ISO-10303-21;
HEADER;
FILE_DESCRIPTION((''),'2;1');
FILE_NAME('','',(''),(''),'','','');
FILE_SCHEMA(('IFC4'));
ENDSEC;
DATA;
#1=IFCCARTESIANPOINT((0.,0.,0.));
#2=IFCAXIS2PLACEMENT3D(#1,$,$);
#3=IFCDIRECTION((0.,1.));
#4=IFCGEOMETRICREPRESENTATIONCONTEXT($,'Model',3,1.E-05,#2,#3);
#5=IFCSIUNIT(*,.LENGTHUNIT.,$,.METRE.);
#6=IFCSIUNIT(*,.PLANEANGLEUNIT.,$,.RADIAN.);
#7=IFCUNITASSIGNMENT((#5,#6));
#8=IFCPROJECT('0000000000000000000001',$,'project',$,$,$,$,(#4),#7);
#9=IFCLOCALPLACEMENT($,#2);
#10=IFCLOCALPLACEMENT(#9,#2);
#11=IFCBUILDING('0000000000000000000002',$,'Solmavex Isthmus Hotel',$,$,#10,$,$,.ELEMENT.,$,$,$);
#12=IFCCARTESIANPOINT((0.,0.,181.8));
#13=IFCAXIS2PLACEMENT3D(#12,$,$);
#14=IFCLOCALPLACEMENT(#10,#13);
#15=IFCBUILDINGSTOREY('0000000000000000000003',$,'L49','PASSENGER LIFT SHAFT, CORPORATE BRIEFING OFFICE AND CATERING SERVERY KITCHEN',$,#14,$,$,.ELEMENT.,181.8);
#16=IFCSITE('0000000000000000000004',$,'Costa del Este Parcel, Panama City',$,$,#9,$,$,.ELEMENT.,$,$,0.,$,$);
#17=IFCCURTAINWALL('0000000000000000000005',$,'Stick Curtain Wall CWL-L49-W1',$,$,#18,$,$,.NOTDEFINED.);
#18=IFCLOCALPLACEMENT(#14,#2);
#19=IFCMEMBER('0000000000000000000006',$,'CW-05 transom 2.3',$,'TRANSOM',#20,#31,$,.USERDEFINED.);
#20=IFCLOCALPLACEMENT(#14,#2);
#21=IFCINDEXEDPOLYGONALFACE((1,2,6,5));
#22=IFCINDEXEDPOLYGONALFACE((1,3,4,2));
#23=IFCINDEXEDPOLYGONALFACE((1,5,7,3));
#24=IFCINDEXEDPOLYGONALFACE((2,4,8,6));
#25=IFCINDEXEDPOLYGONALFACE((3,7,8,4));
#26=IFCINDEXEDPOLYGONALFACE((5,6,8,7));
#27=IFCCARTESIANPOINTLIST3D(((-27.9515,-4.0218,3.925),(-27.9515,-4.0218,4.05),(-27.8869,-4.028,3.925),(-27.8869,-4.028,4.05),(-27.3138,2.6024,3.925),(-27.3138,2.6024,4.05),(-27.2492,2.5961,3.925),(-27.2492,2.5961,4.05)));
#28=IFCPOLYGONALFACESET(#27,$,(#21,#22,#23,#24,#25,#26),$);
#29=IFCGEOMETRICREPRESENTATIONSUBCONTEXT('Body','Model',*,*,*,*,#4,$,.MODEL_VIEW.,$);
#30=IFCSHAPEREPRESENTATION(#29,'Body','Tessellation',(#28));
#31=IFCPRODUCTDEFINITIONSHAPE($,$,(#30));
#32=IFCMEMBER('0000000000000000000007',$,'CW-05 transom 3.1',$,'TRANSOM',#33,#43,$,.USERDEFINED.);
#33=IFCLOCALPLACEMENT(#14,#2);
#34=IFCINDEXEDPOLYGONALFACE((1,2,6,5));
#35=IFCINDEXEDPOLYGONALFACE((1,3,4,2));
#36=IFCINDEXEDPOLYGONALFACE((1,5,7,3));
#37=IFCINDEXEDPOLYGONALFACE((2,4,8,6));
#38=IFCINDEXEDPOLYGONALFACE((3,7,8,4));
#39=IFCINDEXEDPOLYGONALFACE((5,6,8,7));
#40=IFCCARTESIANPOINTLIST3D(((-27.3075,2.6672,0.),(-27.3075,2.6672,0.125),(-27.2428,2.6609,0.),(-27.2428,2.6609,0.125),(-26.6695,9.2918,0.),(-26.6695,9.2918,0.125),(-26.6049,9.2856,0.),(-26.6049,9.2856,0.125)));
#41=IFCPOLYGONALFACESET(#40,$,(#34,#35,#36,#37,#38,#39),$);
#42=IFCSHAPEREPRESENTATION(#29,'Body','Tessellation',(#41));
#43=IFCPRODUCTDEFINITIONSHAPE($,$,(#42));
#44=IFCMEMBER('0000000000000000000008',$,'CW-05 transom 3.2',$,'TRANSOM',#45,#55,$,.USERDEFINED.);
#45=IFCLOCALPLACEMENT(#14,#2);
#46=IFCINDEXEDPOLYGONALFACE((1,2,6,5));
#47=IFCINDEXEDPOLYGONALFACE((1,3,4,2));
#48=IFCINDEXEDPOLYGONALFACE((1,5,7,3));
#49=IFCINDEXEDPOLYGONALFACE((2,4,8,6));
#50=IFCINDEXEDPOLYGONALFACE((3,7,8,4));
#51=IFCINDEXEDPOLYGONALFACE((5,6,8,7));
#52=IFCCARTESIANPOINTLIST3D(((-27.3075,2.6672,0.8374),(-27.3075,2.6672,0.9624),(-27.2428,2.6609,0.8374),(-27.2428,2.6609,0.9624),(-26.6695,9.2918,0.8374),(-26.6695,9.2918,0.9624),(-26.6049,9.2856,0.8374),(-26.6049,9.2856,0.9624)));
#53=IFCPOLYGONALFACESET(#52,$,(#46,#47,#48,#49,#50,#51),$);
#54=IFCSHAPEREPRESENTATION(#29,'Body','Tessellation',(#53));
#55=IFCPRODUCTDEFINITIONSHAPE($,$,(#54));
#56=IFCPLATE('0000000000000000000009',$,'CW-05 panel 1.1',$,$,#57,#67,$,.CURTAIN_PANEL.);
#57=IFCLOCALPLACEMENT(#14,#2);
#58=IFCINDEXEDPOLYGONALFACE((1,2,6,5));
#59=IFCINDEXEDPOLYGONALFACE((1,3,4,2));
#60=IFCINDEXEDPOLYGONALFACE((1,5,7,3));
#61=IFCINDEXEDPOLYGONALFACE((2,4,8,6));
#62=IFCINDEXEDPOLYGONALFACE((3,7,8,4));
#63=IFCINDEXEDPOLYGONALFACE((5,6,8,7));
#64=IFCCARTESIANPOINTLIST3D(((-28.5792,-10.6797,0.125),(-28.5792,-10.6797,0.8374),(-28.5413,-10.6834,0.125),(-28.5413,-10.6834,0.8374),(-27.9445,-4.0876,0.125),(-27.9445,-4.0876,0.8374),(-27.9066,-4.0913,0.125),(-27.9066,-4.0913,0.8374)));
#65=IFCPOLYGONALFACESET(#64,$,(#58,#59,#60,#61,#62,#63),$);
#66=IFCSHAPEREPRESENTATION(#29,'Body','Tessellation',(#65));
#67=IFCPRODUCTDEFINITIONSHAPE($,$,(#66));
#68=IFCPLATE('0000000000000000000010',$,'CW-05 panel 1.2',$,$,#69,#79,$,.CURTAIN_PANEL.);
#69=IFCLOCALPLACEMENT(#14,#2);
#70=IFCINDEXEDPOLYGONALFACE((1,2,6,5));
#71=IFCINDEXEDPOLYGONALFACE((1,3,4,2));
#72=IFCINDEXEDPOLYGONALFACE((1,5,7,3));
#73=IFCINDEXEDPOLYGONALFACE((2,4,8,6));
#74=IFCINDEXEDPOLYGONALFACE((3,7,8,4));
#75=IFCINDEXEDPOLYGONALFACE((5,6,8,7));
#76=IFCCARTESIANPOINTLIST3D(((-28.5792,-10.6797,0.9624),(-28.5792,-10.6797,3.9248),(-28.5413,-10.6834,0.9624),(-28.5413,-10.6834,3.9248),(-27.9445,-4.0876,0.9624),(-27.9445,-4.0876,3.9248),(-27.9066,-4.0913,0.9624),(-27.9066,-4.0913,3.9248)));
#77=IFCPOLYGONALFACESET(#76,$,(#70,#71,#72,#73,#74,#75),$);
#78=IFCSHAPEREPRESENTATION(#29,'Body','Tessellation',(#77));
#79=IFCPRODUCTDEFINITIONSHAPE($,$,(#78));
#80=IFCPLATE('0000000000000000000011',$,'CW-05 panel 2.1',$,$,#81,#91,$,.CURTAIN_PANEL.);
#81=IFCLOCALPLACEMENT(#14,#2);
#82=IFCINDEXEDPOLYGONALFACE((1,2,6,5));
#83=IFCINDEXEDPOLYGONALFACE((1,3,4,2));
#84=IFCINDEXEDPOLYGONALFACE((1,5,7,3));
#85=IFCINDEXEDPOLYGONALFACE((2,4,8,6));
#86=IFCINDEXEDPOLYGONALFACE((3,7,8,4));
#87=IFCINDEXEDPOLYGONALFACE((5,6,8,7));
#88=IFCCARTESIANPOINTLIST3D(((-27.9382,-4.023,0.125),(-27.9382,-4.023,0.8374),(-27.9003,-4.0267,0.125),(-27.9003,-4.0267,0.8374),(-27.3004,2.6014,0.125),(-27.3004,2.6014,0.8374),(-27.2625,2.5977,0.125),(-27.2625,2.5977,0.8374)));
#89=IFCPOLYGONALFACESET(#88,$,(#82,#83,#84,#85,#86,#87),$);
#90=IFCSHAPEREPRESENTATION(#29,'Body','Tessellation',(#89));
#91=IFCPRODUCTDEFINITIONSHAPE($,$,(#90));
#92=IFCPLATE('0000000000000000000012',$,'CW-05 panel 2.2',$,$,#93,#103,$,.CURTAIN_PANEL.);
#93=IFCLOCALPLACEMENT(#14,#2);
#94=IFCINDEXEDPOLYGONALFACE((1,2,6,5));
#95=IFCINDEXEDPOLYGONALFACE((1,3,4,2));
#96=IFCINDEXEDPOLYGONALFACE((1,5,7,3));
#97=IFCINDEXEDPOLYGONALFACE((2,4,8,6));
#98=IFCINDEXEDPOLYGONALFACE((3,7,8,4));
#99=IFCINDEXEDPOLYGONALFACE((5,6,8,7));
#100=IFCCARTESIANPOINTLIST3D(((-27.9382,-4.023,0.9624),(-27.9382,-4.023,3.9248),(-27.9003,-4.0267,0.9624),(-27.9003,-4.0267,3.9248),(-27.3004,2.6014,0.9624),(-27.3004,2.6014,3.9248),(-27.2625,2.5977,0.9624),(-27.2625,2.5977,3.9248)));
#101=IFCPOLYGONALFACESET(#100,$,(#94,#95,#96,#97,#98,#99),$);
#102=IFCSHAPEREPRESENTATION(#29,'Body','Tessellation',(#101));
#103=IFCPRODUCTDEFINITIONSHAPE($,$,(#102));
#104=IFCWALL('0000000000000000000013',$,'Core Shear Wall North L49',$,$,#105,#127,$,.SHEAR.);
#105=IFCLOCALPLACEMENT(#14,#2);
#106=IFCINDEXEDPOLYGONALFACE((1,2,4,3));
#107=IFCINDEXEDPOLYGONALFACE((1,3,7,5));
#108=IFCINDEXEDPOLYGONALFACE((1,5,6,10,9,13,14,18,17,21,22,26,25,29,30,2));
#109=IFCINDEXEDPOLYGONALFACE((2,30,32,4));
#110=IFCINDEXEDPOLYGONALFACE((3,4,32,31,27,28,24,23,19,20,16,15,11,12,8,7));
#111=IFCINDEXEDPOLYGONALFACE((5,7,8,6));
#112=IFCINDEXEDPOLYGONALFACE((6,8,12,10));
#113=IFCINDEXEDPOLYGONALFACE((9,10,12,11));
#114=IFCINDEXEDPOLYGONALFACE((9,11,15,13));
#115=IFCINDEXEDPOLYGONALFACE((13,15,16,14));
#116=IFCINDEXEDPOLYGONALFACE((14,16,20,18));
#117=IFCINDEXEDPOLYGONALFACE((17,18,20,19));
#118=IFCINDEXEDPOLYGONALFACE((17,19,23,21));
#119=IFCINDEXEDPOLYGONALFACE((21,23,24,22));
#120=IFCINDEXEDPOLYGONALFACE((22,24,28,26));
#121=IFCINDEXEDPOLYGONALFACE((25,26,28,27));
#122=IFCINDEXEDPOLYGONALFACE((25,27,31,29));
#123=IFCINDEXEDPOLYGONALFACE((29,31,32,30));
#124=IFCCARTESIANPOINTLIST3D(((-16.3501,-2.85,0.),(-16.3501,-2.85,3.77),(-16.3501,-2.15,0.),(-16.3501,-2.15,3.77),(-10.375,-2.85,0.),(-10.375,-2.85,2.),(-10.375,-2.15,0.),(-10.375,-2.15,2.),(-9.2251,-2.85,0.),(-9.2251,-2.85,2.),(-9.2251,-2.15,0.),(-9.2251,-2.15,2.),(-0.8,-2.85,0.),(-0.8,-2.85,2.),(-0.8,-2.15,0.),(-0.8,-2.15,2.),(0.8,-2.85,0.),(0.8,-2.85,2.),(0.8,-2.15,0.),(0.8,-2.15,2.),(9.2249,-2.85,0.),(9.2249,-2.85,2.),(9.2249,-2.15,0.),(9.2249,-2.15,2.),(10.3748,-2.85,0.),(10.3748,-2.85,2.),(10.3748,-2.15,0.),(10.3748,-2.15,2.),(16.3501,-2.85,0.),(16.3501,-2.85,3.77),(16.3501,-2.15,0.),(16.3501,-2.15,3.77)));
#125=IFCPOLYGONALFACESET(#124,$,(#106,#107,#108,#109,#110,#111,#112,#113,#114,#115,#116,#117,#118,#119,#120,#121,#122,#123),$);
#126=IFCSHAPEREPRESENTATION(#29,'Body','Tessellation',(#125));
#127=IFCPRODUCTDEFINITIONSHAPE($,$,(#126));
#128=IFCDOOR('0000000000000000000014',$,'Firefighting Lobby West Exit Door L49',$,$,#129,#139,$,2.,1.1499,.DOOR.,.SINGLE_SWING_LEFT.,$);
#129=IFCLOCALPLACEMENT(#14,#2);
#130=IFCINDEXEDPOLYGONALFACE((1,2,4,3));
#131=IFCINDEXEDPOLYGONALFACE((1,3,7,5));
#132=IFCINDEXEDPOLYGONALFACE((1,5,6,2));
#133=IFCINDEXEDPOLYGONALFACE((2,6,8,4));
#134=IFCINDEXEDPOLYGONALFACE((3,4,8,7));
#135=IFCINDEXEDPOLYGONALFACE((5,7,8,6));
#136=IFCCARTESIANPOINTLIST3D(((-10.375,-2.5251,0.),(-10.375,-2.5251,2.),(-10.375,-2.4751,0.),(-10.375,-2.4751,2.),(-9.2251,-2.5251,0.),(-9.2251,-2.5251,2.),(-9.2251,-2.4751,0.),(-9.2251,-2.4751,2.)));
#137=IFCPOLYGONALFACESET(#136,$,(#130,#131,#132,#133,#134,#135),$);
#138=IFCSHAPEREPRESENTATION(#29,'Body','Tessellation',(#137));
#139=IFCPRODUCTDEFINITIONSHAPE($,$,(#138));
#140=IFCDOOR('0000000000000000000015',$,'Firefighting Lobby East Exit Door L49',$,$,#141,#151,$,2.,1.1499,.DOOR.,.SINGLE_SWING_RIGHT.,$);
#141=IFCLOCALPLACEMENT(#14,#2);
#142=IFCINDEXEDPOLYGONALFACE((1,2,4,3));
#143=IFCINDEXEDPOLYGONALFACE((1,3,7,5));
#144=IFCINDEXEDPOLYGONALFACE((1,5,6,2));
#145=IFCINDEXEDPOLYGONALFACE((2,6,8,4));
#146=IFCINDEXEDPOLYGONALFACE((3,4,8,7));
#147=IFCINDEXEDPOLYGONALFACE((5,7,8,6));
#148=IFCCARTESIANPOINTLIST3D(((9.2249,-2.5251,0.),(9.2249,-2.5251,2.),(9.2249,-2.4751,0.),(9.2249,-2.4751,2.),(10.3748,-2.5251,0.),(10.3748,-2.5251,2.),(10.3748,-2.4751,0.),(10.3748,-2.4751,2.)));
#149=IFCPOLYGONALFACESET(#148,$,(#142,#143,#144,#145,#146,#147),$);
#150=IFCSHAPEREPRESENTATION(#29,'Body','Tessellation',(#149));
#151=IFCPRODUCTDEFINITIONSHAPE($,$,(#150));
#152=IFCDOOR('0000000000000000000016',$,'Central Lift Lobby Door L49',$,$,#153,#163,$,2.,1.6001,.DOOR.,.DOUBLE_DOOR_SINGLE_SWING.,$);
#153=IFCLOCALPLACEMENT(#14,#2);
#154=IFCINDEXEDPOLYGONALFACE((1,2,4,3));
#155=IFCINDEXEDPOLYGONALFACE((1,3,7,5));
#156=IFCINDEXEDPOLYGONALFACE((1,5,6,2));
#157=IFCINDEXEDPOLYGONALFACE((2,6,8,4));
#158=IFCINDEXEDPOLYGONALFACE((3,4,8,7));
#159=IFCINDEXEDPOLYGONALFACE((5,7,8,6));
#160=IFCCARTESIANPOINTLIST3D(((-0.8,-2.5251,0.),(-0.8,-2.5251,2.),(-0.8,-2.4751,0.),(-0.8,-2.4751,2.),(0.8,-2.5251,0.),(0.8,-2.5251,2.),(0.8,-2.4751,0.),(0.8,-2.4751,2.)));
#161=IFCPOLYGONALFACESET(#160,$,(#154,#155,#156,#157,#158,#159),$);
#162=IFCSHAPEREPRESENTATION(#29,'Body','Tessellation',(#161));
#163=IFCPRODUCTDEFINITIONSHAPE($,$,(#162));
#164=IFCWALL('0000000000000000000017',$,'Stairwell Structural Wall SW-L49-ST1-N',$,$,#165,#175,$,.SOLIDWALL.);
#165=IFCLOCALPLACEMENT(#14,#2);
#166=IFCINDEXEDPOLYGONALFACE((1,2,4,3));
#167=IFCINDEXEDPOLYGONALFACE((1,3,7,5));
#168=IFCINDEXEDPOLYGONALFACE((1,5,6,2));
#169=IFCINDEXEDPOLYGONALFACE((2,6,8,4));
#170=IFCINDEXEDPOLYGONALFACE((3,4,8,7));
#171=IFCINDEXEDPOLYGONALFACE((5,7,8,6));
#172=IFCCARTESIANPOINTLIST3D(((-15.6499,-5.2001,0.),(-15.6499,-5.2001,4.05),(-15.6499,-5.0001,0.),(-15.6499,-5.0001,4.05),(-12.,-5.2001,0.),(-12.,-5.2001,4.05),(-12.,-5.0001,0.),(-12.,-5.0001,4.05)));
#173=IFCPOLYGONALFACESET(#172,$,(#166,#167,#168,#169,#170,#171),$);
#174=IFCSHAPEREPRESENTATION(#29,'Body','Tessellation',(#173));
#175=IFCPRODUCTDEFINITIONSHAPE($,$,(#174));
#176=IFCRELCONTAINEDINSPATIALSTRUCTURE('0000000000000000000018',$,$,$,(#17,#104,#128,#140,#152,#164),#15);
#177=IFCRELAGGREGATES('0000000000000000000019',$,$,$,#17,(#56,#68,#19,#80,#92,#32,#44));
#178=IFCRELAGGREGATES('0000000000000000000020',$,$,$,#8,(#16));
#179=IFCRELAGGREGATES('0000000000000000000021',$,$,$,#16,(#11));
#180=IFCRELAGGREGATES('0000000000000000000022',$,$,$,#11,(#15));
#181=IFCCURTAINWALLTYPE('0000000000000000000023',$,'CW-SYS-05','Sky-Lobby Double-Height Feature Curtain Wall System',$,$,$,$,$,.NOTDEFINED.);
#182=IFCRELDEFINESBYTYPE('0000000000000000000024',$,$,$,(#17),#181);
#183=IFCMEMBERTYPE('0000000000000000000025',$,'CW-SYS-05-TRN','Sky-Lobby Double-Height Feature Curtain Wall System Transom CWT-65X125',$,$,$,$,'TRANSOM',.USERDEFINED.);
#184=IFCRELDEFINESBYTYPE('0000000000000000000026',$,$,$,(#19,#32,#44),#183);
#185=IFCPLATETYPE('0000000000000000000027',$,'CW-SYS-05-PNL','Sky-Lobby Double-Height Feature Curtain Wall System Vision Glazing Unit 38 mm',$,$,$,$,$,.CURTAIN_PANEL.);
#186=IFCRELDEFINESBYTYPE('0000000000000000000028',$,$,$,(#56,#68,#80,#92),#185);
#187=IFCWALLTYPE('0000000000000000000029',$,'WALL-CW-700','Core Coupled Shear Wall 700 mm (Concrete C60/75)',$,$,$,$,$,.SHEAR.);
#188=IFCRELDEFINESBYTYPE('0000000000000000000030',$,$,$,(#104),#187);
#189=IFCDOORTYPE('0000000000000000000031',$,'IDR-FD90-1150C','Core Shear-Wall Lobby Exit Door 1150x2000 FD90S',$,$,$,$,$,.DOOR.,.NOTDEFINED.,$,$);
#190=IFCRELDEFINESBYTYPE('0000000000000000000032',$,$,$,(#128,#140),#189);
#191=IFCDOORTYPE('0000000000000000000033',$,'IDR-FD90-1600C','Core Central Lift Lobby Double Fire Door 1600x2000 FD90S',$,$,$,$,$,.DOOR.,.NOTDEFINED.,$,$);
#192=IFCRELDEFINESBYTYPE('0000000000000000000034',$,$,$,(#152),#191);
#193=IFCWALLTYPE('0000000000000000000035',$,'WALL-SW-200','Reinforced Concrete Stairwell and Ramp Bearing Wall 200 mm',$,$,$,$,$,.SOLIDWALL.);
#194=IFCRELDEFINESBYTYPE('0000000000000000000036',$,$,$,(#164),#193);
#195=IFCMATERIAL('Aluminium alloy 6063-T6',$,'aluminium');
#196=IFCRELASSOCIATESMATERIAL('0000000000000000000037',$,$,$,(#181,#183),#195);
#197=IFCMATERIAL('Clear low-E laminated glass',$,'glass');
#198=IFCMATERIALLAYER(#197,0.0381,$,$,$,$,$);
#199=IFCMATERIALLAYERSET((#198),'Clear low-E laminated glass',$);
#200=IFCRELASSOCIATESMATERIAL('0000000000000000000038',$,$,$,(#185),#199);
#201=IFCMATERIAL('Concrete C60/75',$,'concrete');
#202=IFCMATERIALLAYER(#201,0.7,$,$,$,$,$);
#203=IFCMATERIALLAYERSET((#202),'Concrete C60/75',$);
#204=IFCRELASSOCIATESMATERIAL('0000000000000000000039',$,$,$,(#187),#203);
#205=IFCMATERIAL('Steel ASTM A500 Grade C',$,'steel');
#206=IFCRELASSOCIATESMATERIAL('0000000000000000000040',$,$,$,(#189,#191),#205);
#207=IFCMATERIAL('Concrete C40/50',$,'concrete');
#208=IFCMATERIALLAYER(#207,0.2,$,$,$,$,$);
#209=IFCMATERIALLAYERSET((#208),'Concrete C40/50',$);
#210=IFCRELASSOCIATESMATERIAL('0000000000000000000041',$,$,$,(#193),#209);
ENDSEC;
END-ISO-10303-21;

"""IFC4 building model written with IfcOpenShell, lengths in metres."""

from ifc_helpers import new_model, si_unit, direction, frame, frame_2d, origin, origin_2d, place, context, subcontext, project, spatial, rectangle, extrude, material, layer, layer_set, material_profile, profile_set, type_object, element, fill, aggregate, save


model = new_model("IFC4")

# Units and contexts
model_context = context("Model", 3, precision=1e-05, world=origin(), true_north=direction((0.0, 1.0)))
body_context = subcontext(model_context, "Body", "Model", "MODEL_VIEW")
ifc_project = project(units=[si_unit("LENGTHUNIT", "METRE"), si_unit("PLANEANGLEUNIT", "RADIAN")], contexts=[model_context])

# Site, building, storey
site_placement = place(None, origin())
site = spatial("IfcSite", under=ifc_project, at=site_placement, Name="Costa del Este Parcel, Panama City", CompositionType="ELEMENT", RefElevation=0.0)
building_placement = place(site_placement, origin())
building = spatial("IfcBuilding", under=site, at=building_placement, Name="Solmavex Isthmus Hotel", CompositionType="ELEMENT")
storey_placement = place(building_placement, frame((0.0, 0.0, 181.8)))
storey = spatial("IfcBuildingStorey", under=building, at=storey_placement, Name="L49", Description="PASSENGER LIFT SHAFT, CORPORATE BRIEFING OFFICE AND CATERING SERVERY KITCHEN", CompositionType="ELEMENT", Elevation=181.8)

# Shared definitions
ifc_material_1 = material(Name="Concrete C60/75", Category="concrete")

# Curtain wall, members, plates
ifc_material_2 = material(Name="Aluminium alloy 6063-T6", Category="aluminium")
curtain_wall_type = type_object("IfcCurtainWallType", Name="CW-SYS-05", Description="Sky-Lobby Double-Height Feature Curtain Wall System", PredefinedType="NOTDEFINED", material=ifc_material_2)
curtain_wall_placement = place(storey_placement, origin())
curtain_wall = element("IfcCurtainWall", 1, at=curtain_wall_placement, inside=storey, type_object=curtain_wall_type, Name="Stick Curtain Wall CWL-L49-W1", PredefinedType="NOTDEFINED")
ifc_material_profile_1 = material_profile(ifc_material_2, rectangle(XDim=0.0649, YDim=0.125, at=origin_2d()), Name="CWT-65X125")
ifc_profile_set_1 = profile_set([ifc_material_profile_1], Name="Aluminium alloy 6063-T6")
member_type_1 = type_object("IfcMemberType", Name="CW-SYS-05-TRN", Description="Sky-Lobby Double-Height Feature Curtain Wall System Transom CWT-65X125", ElementType="TRANSOM", PredefinedType="USERDEFINED", material=ifc_profile_set_1)
member_1_placement = place(storey_placement, frame((-27.9192, -4.0249, 3.9875), z_axis=(0.095824, 0.995398, 0.0), x_axis=(-0.995398, 0.095824, 0.0)))
member_1 = element("IfcMember", 2, at=member_1_placement, type_object=member_type_1, Name="CW-05 transom 2.3", ObjectType="TRANSOM", PredefinedType="USERDEFINED", context=body_context, shape_type="SweptSolid", body=[
    extrude(rectangle(XDim=0.0649, YDim=0.125, at=origin_2d()), origin(), (0.0, 0.0, 1.0), 6.6548),
])
member_2_placement = place(storey_placement, frame((-27.2751, 2.6641, 0.0625), z_axis=(0.095856, 0.995395, 0.0), x_axis=(-0.995395, 0.095856, 0.0)))
member_2 = element("IfcMember", 3, at=member_2_placement, type_object=member_type_1, Name="CW-05 transom 3.1", ObjectType="TRANSOM", PredefinedType="USERDEFINED", context=body_context, shape_type="SweptSolid", body=[
    extrude(rectangle(XDim=0.0649, YDim=0.125, at=origin_2d()), origin(), (0.0, 0.0, 1.0), 6.6553),
])
member_3_placement = place(storey_placement, frame((-27.2751, 2.6641, 0.8999), z_axis=(0.095856, 0.995395, 0.0), x_axis=(-0.995395, 0.095856, 0.0)))
member_3 = element("IfcMember", 4, at=member_3_placement, type_object=member_type_1, Name="CW-05 transom 3.2", ObjectType="TRANSOM", PredefinedType="USERDEFINED", context=body_context, shape_type="SweptSolid", body=[
    extrude(rectangle(XDim=0.0649, YDim=0.125, at=origin_2d()), origin(), (0.0, 0.0, 1.0), 6.6553),
])
ifc_material_3 = material(Name="Clear low-E laminated glass", Category="glass")
ifc_layer_1 = layer(ifc_material_3, 0.0381)
ifc_layer_set_1 = layer_set([ifc_layer_1], Name="Clear low-E laminated glass")
plate_type = type_object("IfcPlateType", Name="CW-SYS-05-PNL", Description="Sky-Lobby Double-Height Feature Curtain Wall System Vision Glazing Unit 38 mm", PredefinedType="CURTAIN_PANEL", material=ifc_layer_set_1)
plate_1_placement = place(storey_placement, frame((-28.2429, -7.3855, 0.125), z_axis=(0.0, 0.0, 1.0), x_axis=(0.095846, 0.995396, 0.0)))
plate_1 = element("IfcPlate", 5, at=plate_1_placement, type_object=plate_type, Name="CW-05 panel 1.1", PredefinedType="CURTAIN_PANEL", context=body_context, shape_type="SweptSolid", body=[
    extrude(rectangle(XDim=6.6226, YDim=0.0381, at=origin_2d()), origin(), (0.0, 0.0, 1.0), 0.7124),
])
plate_2_placement = place(storey_placement, frame((-28.2429, -7.3855, 0.9624), z_axis=(0.0, 0.0, 1.0), x_axis=(0.095846, 0.995396, 0.0)))
plate_2 = element("IfcPlate", 6, at=plate_2_placement, type_object=plate_type, Name="CW-05 panel 1.2", PredefinedType="CURTAIN_PANEL", context=body_context, shape_type="SweptSolid", body=[
    extrude(rectangle(XDim=6.6226, YDim=0.0381, at=origin_2d()), origin(), (0.0, 0.0, 1.0), 2.9624),
])
plate_3_placement = place(storey_placement, frame((-27.6003, -0.7126, 0.125), z_axis=(0.0, 0.0, 1.0), x_axis=(0.095846, 0.995396, 0.0)))
plate_3 = element("IfcPlate", 7, at=plate_3_placement, type_object=plate_type, Name="CW-05 panel 2.1", PredefinedType="CURTAIN_PANEL", context=body_context, shape_type="SweptSolid", body=[
    extrude(rectangle(XDim=6.655, YDim=0.0381, at=origin_2d()), origin(), (0.0, 0.0, 1.0), 0.7124),
])
plate_4_placement = place(storey_placement, frame((-27.6003, -0.7126, 0.9624), z_axis=(0.0, 0.0, 1.0), x_axis=(0.095846, 0.995396, 0.0)))
plate_4 = element("IfcPlate", 8, at=plate_4_placement, type_object=plate_type, Name="CW-05 panel 2.2", PredefinedType="CURTAIN_PANEL", context=body_context, shape_type="SweptSolid", body=[
    extrude(rectangle(XDim=6.655, YDim=0.0381, at=origin_2d()), origin(), (0.0, 0.0, 1.0), 2.9624),
])
aggregate(curtain_wall, [plate_1, plate_2, member_1, plate_3, plate_4, member_2, member_3])

# Wall, openings, doors
ifc_layer_2 = layer(ifc_material_1, 0.7)
ifc_layer_set_2 = layer_set([ifc_layer_2], Name="Concrete C60/75")
wall_type_1 = type_object("IfcWallType", Name="WALL-CW-700", Description="Core Coupled Shear Wall 700 mm (Concrete C60/75)", PredefinedType="SHEAR", material=ifc_layer_set_2)
wall_1_placement = place(storey_placement, frame((-16.3501, -2.5, 0.0), z_axis=(0.0, 0.0, 1.0), x_axis=(1.0, 0.0, 0.0)))
wall_1 = element("IfcWall", 9, at=wall_1_placement, inside=storey, type_object=wall_type_1, Name="Core Shear Wall North L49", PredefinedType="SHEAR", context=body_context, shape_type="SweptSolid", body=[
    extrude(rectangle(XDim=32.7002, YDim=0.7, at=frame_2d((16.3501, 0.0))), origin(), (0.0, 0.0, 1.0), 3.77),
])
opening_1_placement = place(wall_1_placement, frame((5.9751, 0.0, 0.0)))
opening_1 = element("IfcOpeningElement", 10, at=opening_1_placement, cuts=wall_1, PredefinedType="OPENING", context=body_context, shape_type="SweptSolid", body=[
    extrude(rectangle(XDim=1.1499, YDim=2.0, at=frame_2d((0.575, 1.0))), frame((0.0, 0.3599, 0.0), z_axis=(0.0, -1.0, 0.0), x_axis=(1.0, 0.0, 0.0)), (0.0, 0.0, 1.0), 0.72),
])
opening_2_placement = place(wall_1_placement, frame((15.55, 0.0, 0.0)))
opening_2 = element("IfcOpeningElement", 11, at=opening_2_placement, cuts=wall_1, PredefinedType="OPENING", context=body_context, shape_type="SweptSolid", body=[
    extrude(rectangle(XDim=1.6001, YDim=2.0, at=frame_2d((0.8, 1.0))), frame((0.0, 0.3599, 0.0), z_axis=(0.0, -1.0, 0.0), x_axis=(1.0, 0.0, 0.0)), (0.0, 0.0, 1.0), 0.72),
])
opening_3_placement = place(wall_1_placement, frame((25.575, 0.0, 0.0)))
opening_3 = element("IfcOpeningElement", 12, at=opening_3_placement, cuts=wall_1, PredefinedType="OPENING", context=body_context, shape_type="SweptSolid", body=[
    extrude(rectangle(XDim=1.1499, YDim=2.0, at=frame_2d((0.575, 1.0))), frame((0.0, 0.3599, 0.0), z_axis=(0.0, -1.0, 0.0), x_axis=(1.0, 0.0, 0.0)), (0.0, 0.0, 1.0), 0.72),
])
ifc_material_4 = material(Name="Steel ASTM A500 Grade C", Category="steel")
door_type_1 = type_object("IfcDoorType", Name="IDR-FD90-1150C", Description="Core Shear-Wall Lobby Exit Door 1150x2000 FD90S", OperationType="NOTDEFINED", PredefinedType="DOOR", material=ifc_material_4)
door_1_placement = place(opening_1_placement, origin())
door_1 = element("IfcDoor", 13, at=door_1_placement, inside=storey, type_object=door_type_1, Name="Firefighting Lobby West Exit Door L49", OperationType="SINGLE_SWING_LEFT", OverallHeight=2.0, OverallWidth=1.1499, PredefinedType="DOOR", context=body_context, shape_type="SweptSolid", body=[
    extrude(rectangle(XDim=1.1499, YDim=2.0, at=frame_2d((0.575, 1.0))), frame((0.0, 0.0249, 0.0), z_axis=(0.0, -1.0, 0.0), x_axis=(1.0, 0.0, 0.0)), (0.0, 0.0, 1.0), 0.05),
])
fill(opening_1, door_1)
door_2_placement = place(opening_3_placement, origin())
door_2 = element("IfcDoor", 14, at=door_2_placement, inside=storey, type_object=door_type_1, Name="Firefighting Lobby East Exit Door L49", OperationType="SINGLE_SWING_RIGHT", OverallHeight=2.0, OverallWidth=1.1499, PredefinedType="DOOR", context=body_context, shape_type="SweptSolid", body=[
    extrude(rectangle(XDim=1.1499, YDim=2.0, at=frame_2d((0.575, 1.0))), frame((0.0, 0.0249, 0.0), z_axis=(0.0, -1.0, 0.0), x_axis=(1.0, 0.0, 0.0)), (0.0, 0.0, 1.0), 0.05),
])
fill(opening_3, door_2)
door_type_2 = type_object("IfcDoorType", Name="IDR-FD90-1600C", Description="Core Central Lift Lobby Double Fire Door 1600x2000 FD90S", OperationType="NOTDEFINED", PredefinedType="DOOR", material=ifc_material_4)
door_3_placement = place(opening_2_placement, origin())
door_3 = element("IfcDoor", 15, at=door_3_placement, inside=storey, type_object=door_type_2, Name="Central Lift Lobby Door L49", OperationType="DOUBLE_DOOR_SINGLE_SWING", OverallHeight=2.0, OverallWidth=1.6001, PredefinedType="DOOR", context=body_context, shape_type="SweptSolid", body=[
    extrude(rectangle(XDim=1.6001, YDim=2.0, at=frame_2d((0.8, 1.0))), frame((0.0, 0.0249, 0.0), z_axis=(0.0, -1.0, 0.0), x_axis=(1.0, 0.0, 0.0)), (0.0, 0.0, 1.0), 0.05),
])
fill(opening_2, door_3)

# Wall
ifc_material_5 = material(Name="Concrete C40/50", Category="concrete")
ifc_layer_3 = layer(ifc_material_5, 0.2)
ifc_layer_set_3 = layer_set([ifc_layer_3], Name="Concrete C40/50")
wall_type_2 = type_object("IfcWallType", Name="WALL-SW-200", Description="Reinforced Concrete Stairwell and Ramp Bearing Wall 200 mm", PredefinedType="SOLIDWALL", material=ifc_layer_set_3)
wall_2_placement = place(storey_placement, frame((-15.6499, -5.1001, 0.0), z_axis=(0.0, 0.0, 1.0), x_axis=(1.0, 0.0, 0.0)))
element("IfcWall", 16, at=wall_2_placement, inside=storey, type_object=wall_type_2, Name="Stairwell Structural Wall SW-L49-ST1-N", PredefinedType="SOLIDWALL", context=body_context, shape_type="SweptSolid", body=[
    extrude(rectangle(XDim=3.6499, YDim=0.2, at=frame_2d((1.825, 0.0))), origin(), (0.0, 0.0, 1.0), 4.05),
])

save(model, "model.ifc")
